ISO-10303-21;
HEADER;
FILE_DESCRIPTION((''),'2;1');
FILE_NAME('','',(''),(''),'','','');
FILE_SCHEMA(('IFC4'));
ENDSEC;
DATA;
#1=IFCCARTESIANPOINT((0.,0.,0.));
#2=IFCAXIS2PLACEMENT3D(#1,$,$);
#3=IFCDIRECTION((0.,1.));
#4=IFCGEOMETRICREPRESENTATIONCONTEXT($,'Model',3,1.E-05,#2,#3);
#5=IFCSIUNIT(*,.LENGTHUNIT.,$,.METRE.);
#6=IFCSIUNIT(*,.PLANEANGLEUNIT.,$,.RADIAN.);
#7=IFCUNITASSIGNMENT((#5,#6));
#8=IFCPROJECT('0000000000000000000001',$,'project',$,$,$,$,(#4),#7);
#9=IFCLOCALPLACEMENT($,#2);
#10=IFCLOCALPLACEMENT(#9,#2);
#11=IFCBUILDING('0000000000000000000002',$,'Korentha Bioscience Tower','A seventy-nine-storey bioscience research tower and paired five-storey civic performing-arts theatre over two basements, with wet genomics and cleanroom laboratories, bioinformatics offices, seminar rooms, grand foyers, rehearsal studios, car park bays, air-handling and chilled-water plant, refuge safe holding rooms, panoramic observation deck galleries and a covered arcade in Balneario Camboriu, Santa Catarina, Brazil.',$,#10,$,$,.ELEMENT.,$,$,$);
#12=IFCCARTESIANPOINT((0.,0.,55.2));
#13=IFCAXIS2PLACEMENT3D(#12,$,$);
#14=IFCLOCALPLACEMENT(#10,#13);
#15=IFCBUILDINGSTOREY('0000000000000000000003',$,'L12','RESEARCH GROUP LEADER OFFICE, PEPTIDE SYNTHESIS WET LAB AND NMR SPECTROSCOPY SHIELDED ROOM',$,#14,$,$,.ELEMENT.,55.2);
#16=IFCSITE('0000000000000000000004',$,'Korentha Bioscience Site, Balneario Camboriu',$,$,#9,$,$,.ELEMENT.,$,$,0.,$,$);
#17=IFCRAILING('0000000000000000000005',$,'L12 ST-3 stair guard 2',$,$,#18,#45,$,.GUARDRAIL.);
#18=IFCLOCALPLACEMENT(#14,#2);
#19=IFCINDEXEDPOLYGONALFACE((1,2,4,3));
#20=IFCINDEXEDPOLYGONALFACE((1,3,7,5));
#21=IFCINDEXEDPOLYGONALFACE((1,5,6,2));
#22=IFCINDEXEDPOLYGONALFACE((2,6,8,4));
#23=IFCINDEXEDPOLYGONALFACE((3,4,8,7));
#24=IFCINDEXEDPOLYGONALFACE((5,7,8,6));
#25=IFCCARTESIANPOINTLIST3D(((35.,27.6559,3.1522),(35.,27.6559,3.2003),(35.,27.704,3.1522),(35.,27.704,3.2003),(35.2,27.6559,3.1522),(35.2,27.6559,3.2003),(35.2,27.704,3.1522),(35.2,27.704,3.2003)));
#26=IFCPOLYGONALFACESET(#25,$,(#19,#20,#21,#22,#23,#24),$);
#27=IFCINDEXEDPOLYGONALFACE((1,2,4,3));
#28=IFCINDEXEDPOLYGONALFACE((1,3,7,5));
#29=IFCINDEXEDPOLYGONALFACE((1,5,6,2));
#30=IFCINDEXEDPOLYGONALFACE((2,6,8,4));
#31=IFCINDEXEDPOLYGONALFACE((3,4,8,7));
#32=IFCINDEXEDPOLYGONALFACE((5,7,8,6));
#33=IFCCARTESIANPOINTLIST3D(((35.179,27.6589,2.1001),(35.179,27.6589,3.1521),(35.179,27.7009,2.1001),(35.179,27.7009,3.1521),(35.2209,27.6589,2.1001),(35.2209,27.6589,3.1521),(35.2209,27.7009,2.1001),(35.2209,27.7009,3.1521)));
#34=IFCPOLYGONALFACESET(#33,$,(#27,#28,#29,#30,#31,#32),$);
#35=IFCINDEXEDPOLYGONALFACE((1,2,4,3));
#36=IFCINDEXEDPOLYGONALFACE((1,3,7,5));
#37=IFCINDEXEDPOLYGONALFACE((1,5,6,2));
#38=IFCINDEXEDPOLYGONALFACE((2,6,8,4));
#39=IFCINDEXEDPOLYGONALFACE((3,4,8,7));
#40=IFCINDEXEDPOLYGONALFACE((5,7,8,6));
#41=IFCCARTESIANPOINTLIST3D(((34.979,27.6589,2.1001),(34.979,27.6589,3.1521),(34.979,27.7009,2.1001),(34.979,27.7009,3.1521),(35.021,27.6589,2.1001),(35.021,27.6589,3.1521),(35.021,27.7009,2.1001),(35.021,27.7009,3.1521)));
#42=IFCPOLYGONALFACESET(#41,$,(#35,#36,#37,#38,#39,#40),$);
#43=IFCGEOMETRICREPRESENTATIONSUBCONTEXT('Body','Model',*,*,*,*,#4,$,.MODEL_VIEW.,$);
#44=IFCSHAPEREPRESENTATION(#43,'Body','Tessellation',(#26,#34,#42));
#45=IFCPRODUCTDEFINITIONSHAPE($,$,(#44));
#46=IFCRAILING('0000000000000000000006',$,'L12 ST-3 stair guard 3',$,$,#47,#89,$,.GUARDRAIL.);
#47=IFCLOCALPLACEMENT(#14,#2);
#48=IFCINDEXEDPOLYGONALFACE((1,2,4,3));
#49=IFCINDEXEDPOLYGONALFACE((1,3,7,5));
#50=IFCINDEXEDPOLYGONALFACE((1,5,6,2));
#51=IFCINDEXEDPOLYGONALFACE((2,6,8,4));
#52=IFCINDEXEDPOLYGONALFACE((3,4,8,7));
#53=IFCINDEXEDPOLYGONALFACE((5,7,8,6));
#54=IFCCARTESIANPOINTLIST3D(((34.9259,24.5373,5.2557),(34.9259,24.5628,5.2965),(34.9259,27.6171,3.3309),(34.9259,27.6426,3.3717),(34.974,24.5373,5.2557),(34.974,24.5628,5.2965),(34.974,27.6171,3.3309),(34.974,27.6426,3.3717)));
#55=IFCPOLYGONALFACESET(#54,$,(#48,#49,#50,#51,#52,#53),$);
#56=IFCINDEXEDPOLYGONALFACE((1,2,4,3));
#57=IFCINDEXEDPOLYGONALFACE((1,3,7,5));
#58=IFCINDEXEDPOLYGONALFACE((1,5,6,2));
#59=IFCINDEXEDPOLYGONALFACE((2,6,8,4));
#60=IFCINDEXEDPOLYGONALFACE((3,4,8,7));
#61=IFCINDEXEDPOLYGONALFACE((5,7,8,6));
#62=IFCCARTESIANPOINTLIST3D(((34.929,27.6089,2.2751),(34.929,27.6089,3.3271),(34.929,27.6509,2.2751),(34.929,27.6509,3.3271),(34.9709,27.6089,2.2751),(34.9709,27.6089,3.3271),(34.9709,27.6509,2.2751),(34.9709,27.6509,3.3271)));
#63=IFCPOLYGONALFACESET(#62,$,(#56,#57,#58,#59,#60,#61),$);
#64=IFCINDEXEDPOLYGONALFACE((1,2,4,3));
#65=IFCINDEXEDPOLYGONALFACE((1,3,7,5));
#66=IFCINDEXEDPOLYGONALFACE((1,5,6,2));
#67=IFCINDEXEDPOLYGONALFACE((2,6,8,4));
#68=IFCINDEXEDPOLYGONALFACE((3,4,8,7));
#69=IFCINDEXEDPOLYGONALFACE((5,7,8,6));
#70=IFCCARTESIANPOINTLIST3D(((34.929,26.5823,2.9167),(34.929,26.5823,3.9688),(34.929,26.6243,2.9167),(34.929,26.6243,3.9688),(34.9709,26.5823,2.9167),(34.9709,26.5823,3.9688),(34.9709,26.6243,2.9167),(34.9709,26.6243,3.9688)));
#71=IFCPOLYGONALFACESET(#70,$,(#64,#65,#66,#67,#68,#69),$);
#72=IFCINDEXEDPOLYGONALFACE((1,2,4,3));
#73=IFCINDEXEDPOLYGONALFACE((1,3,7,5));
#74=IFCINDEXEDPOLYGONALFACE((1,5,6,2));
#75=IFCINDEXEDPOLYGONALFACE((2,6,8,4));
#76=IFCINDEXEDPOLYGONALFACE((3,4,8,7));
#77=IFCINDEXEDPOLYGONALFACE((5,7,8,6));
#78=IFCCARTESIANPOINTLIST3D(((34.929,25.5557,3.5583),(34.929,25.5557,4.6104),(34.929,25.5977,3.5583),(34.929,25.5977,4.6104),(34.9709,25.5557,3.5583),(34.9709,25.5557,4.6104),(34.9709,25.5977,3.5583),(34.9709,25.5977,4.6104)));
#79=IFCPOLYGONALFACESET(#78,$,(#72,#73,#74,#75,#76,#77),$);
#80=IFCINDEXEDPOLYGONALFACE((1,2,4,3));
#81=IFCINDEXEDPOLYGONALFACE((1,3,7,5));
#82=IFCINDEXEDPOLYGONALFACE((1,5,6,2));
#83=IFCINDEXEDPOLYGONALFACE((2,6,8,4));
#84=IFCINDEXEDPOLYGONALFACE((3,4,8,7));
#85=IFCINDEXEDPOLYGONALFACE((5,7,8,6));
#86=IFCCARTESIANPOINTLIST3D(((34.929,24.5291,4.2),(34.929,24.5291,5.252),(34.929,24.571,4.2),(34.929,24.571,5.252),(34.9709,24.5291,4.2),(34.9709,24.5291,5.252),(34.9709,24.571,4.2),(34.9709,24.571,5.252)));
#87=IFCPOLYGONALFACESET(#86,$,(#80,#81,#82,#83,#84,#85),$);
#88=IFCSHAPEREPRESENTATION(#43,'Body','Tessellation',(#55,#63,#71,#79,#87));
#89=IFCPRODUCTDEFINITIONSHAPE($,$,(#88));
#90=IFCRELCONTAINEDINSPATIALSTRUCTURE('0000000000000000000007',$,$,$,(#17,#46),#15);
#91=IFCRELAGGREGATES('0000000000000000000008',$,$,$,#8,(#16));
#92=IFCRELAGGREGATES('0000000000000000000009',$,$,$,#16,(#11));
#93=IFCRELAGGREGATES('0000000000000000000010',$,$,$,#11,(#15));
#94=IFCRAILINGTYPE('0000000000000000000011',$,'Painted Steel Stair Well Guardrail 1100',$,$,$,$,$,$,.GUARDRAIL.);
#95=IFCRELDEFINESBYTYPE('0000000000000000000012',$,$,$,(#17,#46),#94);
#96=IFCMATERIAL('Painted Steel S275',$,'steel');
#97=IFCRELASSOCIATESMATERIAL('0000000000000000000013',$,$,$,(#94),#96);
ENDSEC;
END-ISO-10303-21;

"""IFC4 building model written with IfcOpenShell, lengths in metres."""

from ifc_helpers import new_model, si_unit, direction, frame, origin, origin_2d, place, context, subcontext, project, spatial, rectangle, extrude, material, type_object, element, save


model = new_model("IFC4")

# Units and contexts
model_context = context("Model", 3, precision=1e-05, world=origin(), true_north=direction((0.0, 1.0)))
body_context = subcontext(model_context, "Body", "Model", "MODEL_VIEW")
ifc_project = project(units=[si_unit("LENGTHUNIT", "METRE"), si_unit("PLANEANGLEUNIT", "RADIAN")], contexts=[model_context])

# Site, building, storey
site_placement = place(None, origin())
site = spatial("IfcSite", under=ifc_project, at=site_placement, Name="Korentha Bioscience Site, Balneario Camboriu", CompositionType="ELEMENT", RefElevation=0.0)
building_placement = place(site_placement, origin())
building = spatial("IfcBuilding", under=site, at=building_placement, Name="Korentha Bioscience Tower", Description="A seventy-nine-storey bioscience research tower and paired five-storey civic performing-arts theatre over two basements, with wet genomics and cleanroom laboratories, bioinformatics offices, seminar rooms, grand foyers, rehearsal studios, car park bays, air-handling and chilled-water plant, refuge safe holding rooms, panoramic observation deck galleries and a covered arcade in Balneario Camboriu, Santa Catarina, Brazil.", CompositionType="ELEMENT")
storey_placement = place(building_placement, frame((0.0, 0.0, 55.2)))
storey = spatial("IfcBuildingStorey", under=building, at=storey_placement, Name="L12", Description="RESEARCH GROUP LEADER OFFICE, PEPTIDE SYNTHESIS WET LAB AND NMR SPECTROSCOPY SHIELDED ROOM", CompositionType="ELEMENT", Elevation=55.2)

# Railings
ifc_material_1 = material(Name="Painted Steel S275", Category="steel")
railing_type_1 = type_object("IfcRailingType", Name="Painted Steel Stair Well Guardrail 1100", PredefinedType="GUARDRAIL", material=ifc_material_1)
railing_1_placement = place(storey_placement, frame((35.2, 27.6799, 2.1001)))
element("IfcRailing", 1, at=railing_1_placement, inside=storey, type_object=railing_type_1, Name="L12 ST-3 stair guard 2", PredefinedType="GUARDRAIL", context=body_context, shape_type="SweptSolid", body=[
    extrude(rectangle(XDim=0.0481, YDim=0.0481, at=origin_2d()), frame((0.0, 0.0, 1.0762), z_axis=(-1.0, 0.0, 0.0), x_axis=(0.0, -1.0, 0.0)), (0.0, 0.0, 1.0), 0.2),
    extrude(rectangle(XDim=0.042, YDim=0.042, at=origin_2d()), origin(), (0.0, 0.0, 1.0), 1.052),
    extrude(rectangle(XDim=0.042, YDim=0.042, at=origin_2d()), frame((-0.2, 0.0, 0.0)), (0.0, 0.0, 1.0), 1.052),
])
railing_2_placement = place(storey_placement, frame((34.95, 27.6299, 2.2751)))
element("IfcRailing", 2, at=railing_2_placement, inside=storey, type_object=railing_type_1, Name="L12 ST-3 stair guard 3", PredefinedType="GUARDRAIL", context=body_context, shape_type="SweptSolid", body=[
    extrude(rectangle(XDim=0.0481, YDim=0.0481, at=origin_2d()), frame((0.0, 0.0, 1.0762), z_axis=(0.0, -0.84801, 0.529981), x_axis=(1.0, 0.0, 0.0)), (0.0, 0.0, 1.0), 3.6318),
    extrude(rectangle(XDim=0.042, YDim=0.042, at=origin_2d()), origin(), (0.0, 0.0, 1.0), 1.052),
    extrude(rectangle(XDim=0.042, YDim=0.042, at=origin_2d()), frame((0.0, -1.0266, 0.6416)), (0.0, 0.0, 1.0), 1.052),
    extrude(rectangle(XDim=0.042, YDim=0.042, at=origin_2d()), frame((0.0, -2.0532, 1.2832)), (0.0, 0.0, 1.0), 1.052),
    extrude(rectangle(XDim=0.042, YDim=0.042, at=origin_2d()), frame((0.0, -3.0798, 1.9248)), (0.0, 0.0, 1.0), 1.052),
])

save(model, "model.ifc")
